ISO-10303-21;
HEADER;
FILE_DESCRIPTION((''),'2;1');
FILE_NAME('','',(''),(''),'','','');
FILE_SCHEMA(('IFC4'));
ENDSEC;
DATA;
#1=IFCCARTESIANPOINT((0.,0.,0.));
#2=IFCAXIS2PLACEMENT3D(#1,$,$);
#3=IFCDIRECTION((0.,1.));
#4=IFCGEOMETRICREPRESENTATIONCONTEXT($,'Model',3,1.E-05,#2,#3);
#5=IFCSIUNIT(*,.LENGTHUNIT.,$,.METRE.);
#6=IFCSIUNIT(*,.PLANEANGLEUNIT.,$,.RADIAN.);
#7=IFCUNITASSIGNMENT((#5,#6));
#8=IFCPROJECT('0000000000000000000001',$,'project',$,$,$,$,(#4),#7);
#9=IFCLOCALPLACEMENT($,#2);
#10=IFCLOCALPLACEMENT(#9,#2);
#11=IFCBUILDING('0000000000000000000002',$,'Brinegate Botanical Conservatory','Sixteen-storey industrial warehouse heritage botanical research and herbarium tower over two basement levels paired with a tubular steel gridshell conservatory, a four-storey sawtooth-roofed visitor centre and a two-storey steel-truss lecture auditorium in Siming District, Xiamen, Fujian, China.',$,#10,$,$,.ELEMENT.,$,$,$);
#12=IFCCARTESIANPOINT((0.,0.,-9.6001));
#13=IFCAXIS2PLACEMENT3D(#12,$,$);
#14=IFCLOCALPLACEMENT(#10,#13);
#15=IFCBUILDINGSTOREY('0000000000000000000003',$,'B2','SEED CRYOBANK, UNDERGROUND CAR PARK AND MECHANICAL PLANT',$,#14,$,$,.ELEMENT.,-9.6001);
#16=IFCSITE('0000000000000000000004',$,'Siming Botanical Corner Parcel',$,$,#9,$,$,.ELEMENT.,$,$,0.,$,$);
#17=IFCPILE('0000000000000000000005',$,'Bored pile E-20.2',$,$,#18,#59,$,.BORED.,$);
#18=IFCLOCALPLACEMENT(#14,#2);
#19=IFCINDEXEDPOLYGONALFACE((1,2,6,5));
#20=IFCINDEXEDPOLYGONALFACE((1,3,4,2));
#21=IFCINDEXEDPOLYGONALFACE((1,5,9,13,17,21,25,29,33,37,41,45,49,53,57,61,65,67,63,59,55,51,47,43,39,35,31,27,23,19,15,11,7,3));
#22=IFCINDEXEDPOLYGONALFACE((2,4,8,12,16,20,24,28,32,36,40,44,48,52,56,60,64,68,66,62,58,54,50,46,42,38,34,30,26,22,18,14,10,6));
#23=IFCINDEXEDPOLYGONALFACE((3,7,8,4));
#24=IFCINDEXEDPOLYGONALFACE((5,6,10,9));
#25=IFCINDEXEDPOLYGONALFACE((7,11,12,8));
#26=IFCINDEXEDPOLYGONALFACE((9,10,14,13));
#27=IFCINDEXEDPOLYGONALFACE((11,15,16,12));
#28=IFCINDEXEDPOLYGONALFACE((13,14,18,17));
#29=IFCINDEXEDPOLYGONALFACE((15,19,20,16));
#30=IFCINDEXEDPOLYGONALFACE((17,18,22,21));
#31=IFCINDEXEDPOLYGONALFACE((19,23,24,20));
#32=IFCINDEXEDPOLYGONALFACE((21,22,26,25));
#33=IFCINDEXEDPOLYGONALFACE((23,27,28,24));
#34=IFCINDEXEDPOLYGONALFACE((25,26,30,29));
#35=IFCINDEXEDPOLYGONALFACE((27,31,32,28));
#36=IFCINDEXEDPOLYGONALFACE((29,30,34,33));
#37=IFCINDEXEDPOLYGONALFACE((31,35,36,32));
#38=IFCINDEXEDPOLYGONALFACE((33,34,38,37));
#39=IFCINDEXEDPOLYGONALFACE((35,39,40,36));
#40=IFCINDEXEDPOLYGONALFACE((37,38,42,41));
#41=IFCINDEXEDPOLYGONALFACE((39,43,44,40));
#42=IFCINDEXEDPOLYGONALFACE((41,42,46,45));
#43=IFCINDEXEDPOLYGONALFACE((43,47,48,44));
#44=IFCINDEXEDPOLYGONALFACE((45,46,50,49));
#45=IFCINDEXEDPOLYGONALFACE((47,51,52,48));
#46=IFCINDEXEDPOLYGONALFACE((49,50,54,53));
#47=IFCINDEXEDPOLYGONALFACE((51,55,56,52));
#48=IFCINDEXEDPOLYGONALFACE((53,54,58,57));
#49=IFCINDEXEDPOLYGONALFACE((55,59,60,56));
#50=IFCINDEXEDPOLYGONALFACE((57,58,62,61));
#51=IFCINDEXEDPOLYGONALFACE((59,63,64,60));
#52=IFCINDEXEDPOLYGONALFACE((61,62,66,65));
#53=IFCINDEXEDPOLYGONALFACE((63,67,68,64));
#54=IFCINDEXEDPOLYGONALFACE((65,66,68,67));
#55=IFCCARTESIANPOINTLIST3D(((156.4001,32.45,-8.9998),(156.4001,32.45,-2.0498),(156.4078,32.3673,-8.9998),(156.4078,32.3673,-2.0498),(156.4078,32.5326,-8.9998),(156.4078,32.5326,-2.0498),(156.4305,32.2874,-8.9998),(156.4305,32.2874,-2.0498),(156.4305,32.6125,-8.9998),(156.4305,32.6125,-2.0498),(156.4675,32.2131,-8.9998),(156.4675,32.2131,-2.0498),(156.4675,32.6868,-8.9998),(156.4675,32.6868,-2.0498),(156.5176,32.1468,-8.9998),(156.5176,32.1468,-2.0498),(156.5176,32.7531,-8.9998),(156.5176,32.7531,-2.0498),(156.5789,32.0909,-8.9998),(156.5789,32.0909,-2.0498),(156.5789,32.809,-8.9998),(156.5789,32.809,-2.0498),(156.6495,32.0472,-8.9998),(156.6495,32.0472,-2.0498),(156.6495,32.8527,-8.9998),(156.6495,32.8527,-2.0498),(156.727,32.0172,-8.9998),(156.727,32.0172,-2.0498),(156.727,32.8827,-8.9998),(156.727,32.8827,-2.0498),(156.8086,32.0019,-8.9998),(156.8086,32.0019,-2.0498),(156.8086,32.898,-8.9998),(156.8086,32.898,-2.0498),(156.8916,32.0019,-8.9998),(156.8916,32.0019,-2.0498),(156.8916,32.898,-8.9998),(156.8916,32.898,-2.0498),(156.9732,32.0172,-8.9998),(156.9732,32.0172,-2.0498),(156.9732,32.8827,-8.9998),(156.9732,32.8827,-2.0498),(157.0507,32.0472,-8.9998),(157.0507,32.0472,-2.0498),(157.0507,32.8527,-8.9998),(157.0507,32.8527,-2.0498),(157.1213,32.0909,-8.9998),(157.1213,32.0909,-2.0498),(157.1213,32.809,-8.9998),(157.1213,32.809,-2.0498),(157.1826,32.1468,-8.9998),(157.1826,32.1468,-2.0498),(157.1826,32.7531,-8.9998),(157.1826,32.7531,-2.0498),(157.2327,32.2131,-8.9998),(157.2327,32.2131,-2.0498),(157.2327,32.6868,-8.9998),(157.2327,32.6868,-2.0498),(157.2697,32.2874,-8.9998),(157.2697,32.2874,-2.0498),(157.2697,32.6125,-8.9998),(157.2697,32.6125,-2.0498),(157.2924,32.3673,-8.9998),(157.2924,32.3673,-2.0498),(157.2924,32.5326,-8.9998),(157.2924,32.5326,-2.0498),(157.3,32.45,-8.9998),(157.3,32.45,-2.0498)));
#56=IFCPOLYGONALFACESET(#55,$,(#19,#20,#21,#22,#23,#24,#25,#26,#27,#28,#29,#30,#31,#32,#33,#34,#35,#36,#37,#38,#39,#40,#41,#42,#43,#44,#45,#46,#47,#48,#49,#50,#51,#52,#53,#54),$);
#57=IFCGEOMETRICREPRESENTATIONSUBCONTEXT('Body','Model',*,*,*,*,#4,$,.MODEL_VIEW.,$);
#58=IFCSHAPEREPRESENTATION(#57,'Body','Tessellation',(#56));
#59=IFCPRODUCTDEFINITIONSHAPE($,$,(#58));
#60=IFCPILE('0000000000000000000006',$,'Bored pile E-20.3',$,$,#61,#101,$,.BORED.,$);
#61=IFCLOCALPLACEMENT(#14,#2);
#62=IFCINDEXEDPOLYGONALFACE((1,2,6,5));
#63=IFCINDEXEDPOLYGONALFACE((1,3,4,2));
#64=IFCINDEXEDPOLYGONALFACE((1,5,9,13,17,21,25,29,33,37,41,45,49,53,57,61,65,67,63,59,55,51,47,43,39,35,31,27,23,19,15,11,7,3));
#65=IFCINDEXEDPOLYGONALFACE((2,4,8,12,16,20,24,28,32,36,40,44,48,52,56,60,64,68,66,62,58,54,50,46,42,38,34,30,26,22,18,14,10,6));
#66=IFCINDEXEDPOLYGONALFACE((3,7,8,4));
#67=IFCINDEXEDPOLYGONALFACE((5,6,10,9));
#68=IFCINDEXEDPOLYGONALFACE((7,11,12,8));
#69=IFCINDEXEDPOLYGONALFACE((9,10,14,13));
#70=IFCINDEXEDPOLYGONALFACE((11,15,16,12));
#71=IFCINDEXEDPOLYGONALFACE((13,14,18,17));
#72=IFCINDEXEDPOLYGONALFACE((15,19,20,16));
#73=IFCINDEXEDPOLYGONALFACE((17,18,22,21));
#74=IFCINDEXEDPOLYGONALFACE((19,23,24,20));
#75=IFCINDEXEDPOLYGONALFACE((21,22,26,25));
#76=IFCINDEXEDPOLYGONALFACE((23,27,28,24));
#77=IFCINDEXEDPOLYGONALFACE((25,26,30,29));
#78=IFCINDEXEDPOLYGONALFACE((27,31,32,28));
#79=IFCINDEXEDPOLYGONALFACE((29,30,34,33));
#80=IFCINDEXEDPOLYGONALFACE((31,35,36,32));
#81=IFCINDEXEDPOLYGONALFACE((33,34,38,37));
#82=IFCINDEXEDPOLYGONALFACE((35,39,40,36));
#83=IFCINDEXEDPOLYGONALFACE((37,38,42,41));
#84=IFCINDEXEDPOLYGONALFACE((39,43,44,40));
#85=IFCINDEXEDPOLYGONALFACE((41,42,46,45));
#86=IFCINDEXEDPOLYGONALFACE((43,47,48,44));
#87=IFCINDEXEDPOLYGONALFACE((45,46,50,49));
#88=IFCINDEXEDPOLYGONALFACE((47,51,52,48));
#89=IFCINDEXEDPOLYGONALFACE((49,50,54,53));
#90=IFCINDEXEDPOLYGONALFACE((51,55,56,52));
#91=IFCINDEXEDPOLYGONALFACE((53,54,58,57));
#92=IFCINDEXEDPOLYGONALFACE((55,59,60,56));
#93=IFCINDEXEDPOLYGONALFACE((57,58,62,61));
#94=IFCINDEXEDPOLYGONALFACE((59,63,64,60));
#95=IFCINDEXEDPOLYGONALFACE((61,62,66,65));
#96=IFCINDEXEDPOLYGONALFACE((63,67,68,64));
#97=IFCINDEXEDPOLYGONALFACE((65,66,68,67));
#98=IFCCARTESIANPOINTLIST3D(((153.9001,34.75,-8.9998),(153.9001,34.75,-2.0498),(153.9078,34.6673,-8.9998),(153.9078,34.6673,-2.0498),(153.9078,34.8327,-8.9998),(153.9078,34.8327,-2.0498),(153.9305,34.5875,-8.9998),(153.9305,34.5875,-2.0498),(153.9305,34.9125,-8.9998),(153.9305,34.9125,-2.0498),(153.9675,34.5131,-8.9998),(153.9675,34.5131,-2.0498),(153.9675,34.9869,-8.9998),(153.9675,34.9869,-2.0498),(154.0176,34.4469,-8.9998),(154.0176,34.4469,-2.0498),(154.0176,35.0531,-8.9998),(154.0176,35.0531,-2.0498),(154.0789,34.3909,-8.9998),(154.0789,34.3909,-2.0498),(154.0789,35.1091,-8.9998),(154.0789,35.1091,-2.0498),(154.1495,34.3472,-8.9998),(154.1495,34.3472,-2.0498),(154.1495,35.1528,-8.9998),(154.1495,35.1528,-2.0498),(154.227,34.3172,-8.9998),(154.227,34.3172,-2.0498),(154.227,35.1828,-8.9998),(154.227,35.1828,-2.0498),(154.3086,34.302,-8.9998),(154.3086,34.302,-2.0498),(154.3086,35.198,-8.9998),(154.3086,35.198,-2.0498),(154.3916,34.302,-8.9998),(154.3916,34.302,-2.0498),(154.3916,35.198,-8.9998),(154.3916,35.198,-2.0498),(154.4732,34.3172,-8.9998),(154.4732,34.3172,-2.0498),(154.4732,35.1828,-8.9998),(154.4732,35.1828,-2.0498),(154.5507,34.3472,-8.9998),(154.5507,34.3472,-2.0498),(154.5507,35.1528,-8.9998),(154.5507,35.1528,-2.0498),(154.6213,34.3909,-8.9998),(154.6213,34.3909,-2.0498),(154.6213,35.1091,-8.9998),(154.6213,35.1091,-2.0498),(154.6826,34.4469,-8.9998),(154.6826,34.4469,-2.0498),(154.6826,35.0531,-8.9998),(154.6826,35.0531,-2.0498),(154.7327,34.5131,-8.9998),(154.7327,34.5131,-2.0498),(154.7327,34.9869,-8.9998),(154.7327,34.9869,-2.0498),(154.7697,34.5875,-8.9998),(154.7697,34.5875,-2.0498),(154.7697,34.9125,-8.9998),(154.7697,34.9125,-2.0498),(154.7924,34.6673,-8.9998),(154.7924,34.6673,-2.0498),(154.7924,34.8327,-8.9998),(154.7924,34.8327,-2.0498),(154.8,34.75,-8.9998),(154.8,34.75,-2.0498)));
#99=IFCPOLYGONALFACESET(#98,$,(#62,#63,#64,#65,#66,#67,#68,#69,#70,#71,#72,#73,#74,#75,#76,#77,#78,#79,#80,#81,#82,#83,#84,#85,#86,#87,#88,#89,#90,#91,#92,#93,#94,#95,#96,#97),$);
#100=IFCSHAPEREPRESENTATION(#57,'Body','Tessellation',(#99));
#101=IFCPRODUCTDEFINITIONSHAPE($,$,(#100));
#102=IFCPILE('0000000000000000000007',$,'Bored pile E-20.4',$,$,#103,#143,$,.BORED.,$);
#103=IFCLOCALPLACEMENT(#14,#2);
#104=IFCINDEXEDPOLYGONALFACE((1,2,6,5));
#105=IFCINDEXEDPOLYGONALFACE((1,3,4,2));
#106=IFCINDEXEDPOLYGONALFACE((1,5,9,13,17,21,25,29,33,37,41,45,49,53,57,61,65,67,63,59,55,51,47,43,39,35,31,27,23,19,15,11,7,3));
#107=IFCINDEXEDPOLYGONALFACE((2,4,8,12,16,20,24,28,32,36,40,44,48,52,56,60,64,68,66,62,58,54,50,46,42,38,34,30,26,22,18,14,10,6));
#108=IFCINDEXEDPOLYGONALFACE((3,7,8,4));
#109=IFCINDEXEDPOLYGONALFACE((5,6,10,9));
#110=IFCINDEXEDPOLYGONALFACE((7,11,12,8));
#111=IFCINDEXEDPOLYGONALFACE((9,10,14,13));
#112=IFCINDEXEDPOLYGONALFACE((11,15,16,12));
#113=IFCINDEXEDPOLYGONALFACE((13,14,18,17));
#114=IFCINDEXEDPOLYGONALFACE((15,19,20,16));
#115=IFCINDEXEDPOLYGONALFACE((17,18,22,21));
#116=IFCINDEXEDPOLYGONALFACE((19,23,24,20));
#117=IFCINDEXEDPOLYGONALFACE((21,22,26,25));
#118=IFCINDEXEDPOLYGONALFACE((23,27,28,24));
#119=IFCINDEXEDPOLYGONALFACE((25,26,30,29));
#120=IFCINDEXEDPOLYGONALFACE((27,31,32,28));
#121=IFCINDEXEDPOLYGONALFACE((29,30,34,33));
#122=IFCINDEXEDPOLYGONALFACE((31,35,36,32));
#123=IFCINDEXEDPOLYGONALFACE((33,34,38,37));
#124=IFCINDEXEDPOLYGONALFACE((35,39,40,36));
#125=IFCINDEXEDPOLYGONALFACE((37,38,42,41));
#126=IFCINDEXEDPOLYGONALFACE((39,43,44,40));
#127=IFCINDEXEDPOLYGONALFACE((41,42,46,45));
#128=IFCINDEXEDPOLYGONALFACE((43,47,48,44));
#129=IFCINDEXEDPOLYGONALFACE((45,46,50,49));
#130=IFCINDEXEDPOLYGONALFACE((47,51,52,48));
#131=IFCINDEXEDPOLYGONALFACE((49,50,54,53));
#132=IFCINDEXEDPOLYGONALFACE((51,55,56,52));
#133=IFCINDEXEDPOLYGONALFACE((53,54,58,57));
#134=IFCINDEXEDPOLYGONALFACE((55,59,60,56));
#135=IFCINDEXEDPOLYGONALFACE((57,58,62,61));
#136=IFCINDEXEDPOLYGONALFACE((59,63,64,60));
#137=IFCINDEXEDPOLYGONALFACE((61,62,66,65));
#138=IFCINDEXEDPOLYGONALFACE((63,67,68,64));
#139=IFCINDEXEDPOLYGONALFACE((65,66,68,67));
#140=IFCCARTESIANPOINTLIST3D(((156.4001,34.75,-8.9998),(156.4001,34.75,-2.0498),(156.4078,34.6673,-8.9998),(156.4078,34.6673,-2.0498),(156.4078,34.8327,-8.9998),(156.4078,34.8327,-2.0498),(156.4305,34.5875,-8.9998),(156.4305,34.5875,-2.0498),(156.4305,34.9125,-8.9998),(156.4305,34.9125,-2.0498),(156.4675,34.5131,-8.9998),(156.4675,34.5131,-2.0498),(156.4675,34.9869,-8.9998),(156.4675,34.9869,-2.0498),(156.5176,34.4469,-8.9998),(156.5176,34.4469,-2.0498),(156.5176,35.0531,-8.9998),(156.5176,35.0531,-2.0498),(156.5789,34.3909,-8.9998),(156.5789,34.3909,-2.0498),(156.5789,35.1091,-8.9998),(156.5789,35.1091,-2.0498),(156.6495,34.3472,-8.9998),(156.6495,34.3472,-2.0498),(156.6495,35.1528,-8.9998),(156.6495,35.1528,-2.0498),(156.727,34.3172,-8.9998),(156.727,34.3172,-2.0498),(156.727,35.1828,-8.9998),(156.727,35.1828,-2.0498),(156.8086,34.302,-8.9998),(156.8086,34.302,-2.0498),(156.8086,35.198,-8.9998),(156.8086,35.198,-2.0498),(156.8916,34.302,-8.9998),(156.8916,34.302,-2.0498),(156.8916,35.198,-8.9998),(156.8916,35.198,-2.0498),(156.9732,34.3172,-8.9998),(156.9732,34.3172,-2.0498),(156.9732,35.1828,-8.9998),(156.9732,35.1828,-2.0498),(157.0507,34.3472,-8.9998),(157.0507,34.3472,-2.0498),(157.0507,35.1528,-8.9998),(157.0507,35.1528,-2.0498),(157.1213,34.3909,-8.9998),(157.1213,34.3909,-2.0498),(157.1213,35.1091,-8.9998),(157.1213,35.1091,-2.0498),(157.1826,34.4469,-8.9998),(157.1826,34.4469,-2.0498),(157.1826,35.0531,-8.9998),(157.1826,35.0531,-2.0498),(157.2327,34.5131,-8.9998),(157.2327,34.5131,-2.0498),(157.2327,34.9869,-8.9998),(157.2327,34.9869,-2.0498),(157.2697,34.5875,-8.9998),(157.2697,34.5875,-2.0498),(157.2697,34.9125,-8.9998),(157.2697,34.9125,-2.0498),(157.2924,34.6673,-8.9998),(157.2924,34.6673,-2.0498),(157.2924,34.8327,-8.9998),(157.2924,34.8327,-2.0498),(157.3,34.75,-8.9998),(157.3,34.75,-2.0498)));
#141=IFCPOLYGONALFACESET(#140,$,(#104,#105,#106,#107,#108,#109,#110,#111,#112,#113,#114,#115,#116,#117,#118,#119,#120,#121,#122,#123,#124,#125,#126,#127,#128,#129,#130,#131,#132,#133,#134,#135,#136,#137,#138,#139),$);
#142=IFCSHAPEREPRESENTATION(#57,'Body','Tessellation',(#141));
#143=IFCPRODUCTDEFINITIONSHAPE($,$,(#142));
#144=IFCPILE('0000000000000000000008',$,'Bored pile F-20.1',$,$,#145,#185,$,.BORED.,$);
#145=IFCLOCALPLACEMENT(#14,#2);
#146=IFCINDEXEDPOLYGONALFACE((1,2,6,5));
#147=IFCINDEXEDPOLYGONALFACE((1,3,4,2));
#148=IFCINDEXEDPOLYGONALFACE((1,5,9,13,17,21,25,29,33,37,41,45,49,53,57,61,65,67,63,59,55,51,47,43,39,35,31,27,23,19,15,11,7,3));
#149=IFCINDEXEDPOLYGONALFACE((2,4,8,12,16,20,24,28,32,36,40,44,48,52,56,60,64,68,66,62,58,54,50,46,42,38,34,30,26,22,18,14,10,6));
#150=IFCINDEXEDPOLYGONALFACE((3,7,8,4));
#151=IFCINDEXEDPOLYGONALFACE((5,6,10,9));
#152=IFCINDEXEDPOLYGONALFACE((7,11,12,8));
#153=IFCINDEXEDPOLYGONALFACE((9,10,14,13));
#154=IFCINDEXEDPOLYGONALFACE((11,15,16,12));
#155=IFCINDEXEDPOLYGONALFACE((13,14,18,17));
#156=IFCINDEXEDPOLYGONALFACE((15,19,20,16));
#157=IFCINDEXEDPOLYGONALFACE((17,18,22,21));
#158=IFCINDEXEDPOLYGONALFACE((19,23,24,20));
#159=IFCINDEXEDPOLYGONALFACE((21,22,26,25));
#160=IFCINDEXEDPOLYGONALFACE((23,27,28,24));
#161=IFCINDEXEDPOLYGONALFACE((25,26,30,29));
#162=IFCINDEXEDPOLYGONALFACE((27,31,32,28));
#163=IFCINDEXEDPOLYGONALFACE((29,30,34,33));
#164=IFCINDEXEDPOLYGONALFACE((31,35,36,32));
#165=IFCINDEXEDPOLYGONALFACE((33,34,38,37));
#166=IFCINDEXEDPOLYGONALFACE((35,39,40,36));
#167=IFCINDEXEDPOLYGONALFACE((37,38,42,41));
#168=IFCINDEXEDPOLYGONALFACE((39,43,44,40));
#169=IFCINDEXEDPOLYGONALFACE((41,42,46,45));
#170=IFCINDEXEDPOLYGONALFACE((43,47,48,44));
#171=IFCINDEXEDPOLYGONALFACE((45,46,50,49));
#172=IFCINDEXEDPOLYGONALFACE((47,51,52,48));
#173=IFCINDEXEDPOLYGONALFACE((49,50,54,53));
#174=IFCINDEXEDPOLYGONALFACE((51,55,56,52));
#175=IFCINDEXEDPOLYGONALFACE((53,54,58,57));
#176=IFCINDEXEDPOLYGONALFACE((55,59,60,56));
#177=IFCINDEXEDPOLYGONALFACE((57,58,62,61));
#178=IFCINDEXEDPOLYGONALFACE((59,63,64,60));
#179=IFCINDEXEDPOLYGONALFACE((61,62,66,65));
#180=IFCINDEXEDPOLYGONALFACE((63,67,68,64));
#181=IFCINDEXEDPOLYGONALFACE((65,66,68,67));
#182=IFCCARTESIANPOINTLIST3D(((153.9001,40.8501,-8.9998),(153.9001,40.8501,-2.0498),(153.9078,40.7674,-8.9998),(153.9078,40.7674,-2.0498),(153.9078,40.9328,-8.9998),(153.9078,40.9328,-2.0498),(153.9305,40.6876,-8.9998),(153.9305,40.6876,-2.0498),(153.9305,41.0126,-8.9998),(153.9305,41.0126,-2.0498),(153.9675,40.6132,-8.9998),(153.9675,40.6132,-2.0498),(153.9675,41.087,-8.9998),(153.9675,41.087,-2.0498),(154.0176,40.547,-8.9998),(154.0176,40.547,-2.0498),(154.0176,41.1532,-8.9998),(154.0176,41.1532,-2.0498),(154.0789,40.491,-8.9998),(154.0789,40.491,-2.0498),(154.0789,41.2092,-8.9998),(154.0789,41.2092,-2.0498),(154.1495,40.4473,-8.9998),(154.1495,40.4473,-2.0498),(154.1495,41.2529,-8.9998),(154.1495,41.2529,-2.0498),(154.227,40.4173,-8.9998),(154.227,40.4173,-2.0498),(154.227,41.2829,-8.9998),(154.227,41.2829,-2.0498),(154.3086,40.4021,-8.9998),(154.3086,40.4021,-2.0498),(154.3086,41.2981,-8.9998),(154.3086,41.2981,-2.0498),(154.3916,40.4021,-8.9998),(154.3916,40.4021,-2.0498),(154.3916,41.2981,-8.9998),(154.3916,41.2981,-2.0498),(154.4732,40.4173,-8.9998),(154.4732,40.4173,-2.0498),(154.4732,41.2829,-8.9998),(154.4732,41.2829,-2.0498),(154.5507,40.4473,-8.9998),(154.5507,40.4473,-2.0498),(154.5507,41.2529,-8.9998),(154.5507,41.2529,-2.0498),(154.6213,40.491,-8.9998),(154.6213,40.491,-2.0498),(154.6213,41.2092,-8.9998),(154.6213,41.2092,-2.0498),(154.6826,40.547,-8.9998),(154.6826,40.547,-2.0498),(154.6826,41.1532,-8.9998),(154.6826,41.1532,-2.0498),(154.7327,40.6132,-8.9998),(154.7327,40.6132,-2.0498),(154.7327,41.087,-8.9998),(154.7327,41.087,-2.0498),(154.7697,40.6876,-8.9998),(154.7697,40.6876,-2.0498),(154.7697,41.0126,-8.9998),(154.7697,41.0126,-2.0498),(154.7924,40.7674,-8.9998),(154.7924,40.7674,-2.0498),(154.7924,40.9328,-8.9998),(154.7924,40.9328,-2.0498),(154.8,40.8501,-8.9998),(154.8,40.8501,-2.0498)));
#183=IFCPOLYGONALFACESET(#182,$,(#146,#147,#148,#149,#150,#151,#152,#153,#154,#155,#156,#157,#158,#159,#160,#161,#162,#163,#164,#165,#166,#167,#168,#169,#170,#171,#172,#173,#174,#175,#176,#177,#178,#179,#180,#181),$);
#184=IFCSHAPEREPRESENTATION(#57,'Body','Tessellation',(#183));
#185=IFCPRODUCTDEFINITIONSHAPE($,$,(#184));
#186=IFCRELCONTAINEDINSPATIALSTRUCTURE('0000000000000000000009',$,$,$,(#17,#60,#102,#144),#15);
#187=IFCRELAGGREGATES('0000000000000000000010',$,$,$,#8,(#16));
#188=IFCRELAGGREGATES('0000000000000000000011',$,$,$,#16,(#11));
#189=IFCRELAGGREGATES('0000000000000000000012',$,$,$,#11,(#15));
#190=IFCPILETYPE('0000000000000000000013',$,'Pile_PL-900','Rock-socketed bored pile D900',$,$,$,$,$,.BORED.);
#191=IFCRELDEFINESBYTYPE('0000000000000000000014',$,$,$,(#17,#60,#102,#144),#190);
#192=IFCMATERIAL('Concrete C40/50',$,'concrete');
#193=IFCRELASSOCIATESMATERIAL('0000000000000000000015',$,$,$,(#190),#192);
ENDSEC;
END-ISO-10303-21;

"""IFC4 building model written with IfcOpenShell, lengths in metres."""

from ifc_helpers import new_model, si_unit, direction, frame, origin, origin_2d, place, context, subcontext, project, spatial, circle, extrude, material, material_profile, profile_set, type_object, element, save


model = new_model("IFC4")

# Units and contexts
model_context = context("Model", 3, precision=1e-05, world=origin(), true_north=direction((0.0, 1.0)))
body_context = subcontext(model_context, "Body", "Model", "MODEL_VIEW")
ifc_project = project(units=[si_unit("LENGTHUNIT", "METRE"), si_unit("PLANEANGLEUNIT", "RADIAN")], contexts=[model_context])

# Site, building, storey
site_placement = place(None, origin())
site = spatial("IfcSite", under=ifc_project, at=site_placement, Name="Siming Botanical Corner Parcel", CompositionType="ELEMENT", RefElevation=0.0)
building_placement = place(site_placement, origin())
building = spatial("IfcBuilding", under=site, at=building_placement, Name="Brinegate Botanical Conservatory", Description="Sixteen-storey industrial warehouse heritage botanical research and herbarium tower over two basement levels paired with a tubular steel gridshell conservatory, a four-storey sawtooth-roofed visitor centre and a two-storey steel-truss lecture auditorium in Siming District, Xiamen, Fujian, China.", CompositionType="ELEMENT")
storey_placement = place(building_placement, frame((0.0, 0.0, -9.6001)))
storey = spatial("IfcBuildingStorey", under=building, at=storey_placement, Name="B2", Description="SEED CRYOBANK, UNDERGROUND CAR PARK AND MECHANICAL PLANT", CompositionType="ELEMENT", Elevation=-9.6001)

# Shared definitions
ifc_material_1 = material(Name="Concrete C40/50", Category="concrete")

# Piles
ifc_material_profile_1 = material_profile(ifc_material_1, circle(Radius=0.45, at=origin_2d()), Name="PILE D900")
ifc_profile_set_1 = profile_set([ifc_material_profile_1], Name="Concrete C40/50")
pile_type = type_object("IfcPileType", Name="Pile_PL-900", Description="Rock-socketed bored pile D900", PredefinedType="BORED", material=ifc_profile_set_1)
for number, where, z_axis, x_axis, name in (
    (1, (156.8501, 32.45, -2.0498), (0.0, 0.0, -1.0), (1.0, 0.0, 0.0), "Bored pile E-20.2"),
    (2, (154.3501, 34.75, -2.0498), (0.0, 0.0, -1.0), (1.0, 0.0, 0.0), "Bored pile E-20.3"),
    (3, (156.8501, 34.75, -2.0498), (0.0, 0.0, -1.0), (1.0, 0.0, 0.0), "Bored pile E-20.4"),
    (4, (154.3501, 40.8501, -2.0498), (0.0, 0.0, -1.0), (1.0, 0.0, 0.0), "Bored pile F-20.1"),
):
    element("IfcPile", number, at=place(storey_placement, frame(where, z_axis=z_axis, x_axis=x_axis)), inside=storey, type_object=pile_type, Name=name, PredefinedType="BORED", context=body_context, shape_type="SweptSolid", body=[
        extrude(circle(Radius=0.45, at=origin_2d()), origin(), (0.0, 0.0, 1.0), 6.95),
    ])

save(model, "model.ifc")
